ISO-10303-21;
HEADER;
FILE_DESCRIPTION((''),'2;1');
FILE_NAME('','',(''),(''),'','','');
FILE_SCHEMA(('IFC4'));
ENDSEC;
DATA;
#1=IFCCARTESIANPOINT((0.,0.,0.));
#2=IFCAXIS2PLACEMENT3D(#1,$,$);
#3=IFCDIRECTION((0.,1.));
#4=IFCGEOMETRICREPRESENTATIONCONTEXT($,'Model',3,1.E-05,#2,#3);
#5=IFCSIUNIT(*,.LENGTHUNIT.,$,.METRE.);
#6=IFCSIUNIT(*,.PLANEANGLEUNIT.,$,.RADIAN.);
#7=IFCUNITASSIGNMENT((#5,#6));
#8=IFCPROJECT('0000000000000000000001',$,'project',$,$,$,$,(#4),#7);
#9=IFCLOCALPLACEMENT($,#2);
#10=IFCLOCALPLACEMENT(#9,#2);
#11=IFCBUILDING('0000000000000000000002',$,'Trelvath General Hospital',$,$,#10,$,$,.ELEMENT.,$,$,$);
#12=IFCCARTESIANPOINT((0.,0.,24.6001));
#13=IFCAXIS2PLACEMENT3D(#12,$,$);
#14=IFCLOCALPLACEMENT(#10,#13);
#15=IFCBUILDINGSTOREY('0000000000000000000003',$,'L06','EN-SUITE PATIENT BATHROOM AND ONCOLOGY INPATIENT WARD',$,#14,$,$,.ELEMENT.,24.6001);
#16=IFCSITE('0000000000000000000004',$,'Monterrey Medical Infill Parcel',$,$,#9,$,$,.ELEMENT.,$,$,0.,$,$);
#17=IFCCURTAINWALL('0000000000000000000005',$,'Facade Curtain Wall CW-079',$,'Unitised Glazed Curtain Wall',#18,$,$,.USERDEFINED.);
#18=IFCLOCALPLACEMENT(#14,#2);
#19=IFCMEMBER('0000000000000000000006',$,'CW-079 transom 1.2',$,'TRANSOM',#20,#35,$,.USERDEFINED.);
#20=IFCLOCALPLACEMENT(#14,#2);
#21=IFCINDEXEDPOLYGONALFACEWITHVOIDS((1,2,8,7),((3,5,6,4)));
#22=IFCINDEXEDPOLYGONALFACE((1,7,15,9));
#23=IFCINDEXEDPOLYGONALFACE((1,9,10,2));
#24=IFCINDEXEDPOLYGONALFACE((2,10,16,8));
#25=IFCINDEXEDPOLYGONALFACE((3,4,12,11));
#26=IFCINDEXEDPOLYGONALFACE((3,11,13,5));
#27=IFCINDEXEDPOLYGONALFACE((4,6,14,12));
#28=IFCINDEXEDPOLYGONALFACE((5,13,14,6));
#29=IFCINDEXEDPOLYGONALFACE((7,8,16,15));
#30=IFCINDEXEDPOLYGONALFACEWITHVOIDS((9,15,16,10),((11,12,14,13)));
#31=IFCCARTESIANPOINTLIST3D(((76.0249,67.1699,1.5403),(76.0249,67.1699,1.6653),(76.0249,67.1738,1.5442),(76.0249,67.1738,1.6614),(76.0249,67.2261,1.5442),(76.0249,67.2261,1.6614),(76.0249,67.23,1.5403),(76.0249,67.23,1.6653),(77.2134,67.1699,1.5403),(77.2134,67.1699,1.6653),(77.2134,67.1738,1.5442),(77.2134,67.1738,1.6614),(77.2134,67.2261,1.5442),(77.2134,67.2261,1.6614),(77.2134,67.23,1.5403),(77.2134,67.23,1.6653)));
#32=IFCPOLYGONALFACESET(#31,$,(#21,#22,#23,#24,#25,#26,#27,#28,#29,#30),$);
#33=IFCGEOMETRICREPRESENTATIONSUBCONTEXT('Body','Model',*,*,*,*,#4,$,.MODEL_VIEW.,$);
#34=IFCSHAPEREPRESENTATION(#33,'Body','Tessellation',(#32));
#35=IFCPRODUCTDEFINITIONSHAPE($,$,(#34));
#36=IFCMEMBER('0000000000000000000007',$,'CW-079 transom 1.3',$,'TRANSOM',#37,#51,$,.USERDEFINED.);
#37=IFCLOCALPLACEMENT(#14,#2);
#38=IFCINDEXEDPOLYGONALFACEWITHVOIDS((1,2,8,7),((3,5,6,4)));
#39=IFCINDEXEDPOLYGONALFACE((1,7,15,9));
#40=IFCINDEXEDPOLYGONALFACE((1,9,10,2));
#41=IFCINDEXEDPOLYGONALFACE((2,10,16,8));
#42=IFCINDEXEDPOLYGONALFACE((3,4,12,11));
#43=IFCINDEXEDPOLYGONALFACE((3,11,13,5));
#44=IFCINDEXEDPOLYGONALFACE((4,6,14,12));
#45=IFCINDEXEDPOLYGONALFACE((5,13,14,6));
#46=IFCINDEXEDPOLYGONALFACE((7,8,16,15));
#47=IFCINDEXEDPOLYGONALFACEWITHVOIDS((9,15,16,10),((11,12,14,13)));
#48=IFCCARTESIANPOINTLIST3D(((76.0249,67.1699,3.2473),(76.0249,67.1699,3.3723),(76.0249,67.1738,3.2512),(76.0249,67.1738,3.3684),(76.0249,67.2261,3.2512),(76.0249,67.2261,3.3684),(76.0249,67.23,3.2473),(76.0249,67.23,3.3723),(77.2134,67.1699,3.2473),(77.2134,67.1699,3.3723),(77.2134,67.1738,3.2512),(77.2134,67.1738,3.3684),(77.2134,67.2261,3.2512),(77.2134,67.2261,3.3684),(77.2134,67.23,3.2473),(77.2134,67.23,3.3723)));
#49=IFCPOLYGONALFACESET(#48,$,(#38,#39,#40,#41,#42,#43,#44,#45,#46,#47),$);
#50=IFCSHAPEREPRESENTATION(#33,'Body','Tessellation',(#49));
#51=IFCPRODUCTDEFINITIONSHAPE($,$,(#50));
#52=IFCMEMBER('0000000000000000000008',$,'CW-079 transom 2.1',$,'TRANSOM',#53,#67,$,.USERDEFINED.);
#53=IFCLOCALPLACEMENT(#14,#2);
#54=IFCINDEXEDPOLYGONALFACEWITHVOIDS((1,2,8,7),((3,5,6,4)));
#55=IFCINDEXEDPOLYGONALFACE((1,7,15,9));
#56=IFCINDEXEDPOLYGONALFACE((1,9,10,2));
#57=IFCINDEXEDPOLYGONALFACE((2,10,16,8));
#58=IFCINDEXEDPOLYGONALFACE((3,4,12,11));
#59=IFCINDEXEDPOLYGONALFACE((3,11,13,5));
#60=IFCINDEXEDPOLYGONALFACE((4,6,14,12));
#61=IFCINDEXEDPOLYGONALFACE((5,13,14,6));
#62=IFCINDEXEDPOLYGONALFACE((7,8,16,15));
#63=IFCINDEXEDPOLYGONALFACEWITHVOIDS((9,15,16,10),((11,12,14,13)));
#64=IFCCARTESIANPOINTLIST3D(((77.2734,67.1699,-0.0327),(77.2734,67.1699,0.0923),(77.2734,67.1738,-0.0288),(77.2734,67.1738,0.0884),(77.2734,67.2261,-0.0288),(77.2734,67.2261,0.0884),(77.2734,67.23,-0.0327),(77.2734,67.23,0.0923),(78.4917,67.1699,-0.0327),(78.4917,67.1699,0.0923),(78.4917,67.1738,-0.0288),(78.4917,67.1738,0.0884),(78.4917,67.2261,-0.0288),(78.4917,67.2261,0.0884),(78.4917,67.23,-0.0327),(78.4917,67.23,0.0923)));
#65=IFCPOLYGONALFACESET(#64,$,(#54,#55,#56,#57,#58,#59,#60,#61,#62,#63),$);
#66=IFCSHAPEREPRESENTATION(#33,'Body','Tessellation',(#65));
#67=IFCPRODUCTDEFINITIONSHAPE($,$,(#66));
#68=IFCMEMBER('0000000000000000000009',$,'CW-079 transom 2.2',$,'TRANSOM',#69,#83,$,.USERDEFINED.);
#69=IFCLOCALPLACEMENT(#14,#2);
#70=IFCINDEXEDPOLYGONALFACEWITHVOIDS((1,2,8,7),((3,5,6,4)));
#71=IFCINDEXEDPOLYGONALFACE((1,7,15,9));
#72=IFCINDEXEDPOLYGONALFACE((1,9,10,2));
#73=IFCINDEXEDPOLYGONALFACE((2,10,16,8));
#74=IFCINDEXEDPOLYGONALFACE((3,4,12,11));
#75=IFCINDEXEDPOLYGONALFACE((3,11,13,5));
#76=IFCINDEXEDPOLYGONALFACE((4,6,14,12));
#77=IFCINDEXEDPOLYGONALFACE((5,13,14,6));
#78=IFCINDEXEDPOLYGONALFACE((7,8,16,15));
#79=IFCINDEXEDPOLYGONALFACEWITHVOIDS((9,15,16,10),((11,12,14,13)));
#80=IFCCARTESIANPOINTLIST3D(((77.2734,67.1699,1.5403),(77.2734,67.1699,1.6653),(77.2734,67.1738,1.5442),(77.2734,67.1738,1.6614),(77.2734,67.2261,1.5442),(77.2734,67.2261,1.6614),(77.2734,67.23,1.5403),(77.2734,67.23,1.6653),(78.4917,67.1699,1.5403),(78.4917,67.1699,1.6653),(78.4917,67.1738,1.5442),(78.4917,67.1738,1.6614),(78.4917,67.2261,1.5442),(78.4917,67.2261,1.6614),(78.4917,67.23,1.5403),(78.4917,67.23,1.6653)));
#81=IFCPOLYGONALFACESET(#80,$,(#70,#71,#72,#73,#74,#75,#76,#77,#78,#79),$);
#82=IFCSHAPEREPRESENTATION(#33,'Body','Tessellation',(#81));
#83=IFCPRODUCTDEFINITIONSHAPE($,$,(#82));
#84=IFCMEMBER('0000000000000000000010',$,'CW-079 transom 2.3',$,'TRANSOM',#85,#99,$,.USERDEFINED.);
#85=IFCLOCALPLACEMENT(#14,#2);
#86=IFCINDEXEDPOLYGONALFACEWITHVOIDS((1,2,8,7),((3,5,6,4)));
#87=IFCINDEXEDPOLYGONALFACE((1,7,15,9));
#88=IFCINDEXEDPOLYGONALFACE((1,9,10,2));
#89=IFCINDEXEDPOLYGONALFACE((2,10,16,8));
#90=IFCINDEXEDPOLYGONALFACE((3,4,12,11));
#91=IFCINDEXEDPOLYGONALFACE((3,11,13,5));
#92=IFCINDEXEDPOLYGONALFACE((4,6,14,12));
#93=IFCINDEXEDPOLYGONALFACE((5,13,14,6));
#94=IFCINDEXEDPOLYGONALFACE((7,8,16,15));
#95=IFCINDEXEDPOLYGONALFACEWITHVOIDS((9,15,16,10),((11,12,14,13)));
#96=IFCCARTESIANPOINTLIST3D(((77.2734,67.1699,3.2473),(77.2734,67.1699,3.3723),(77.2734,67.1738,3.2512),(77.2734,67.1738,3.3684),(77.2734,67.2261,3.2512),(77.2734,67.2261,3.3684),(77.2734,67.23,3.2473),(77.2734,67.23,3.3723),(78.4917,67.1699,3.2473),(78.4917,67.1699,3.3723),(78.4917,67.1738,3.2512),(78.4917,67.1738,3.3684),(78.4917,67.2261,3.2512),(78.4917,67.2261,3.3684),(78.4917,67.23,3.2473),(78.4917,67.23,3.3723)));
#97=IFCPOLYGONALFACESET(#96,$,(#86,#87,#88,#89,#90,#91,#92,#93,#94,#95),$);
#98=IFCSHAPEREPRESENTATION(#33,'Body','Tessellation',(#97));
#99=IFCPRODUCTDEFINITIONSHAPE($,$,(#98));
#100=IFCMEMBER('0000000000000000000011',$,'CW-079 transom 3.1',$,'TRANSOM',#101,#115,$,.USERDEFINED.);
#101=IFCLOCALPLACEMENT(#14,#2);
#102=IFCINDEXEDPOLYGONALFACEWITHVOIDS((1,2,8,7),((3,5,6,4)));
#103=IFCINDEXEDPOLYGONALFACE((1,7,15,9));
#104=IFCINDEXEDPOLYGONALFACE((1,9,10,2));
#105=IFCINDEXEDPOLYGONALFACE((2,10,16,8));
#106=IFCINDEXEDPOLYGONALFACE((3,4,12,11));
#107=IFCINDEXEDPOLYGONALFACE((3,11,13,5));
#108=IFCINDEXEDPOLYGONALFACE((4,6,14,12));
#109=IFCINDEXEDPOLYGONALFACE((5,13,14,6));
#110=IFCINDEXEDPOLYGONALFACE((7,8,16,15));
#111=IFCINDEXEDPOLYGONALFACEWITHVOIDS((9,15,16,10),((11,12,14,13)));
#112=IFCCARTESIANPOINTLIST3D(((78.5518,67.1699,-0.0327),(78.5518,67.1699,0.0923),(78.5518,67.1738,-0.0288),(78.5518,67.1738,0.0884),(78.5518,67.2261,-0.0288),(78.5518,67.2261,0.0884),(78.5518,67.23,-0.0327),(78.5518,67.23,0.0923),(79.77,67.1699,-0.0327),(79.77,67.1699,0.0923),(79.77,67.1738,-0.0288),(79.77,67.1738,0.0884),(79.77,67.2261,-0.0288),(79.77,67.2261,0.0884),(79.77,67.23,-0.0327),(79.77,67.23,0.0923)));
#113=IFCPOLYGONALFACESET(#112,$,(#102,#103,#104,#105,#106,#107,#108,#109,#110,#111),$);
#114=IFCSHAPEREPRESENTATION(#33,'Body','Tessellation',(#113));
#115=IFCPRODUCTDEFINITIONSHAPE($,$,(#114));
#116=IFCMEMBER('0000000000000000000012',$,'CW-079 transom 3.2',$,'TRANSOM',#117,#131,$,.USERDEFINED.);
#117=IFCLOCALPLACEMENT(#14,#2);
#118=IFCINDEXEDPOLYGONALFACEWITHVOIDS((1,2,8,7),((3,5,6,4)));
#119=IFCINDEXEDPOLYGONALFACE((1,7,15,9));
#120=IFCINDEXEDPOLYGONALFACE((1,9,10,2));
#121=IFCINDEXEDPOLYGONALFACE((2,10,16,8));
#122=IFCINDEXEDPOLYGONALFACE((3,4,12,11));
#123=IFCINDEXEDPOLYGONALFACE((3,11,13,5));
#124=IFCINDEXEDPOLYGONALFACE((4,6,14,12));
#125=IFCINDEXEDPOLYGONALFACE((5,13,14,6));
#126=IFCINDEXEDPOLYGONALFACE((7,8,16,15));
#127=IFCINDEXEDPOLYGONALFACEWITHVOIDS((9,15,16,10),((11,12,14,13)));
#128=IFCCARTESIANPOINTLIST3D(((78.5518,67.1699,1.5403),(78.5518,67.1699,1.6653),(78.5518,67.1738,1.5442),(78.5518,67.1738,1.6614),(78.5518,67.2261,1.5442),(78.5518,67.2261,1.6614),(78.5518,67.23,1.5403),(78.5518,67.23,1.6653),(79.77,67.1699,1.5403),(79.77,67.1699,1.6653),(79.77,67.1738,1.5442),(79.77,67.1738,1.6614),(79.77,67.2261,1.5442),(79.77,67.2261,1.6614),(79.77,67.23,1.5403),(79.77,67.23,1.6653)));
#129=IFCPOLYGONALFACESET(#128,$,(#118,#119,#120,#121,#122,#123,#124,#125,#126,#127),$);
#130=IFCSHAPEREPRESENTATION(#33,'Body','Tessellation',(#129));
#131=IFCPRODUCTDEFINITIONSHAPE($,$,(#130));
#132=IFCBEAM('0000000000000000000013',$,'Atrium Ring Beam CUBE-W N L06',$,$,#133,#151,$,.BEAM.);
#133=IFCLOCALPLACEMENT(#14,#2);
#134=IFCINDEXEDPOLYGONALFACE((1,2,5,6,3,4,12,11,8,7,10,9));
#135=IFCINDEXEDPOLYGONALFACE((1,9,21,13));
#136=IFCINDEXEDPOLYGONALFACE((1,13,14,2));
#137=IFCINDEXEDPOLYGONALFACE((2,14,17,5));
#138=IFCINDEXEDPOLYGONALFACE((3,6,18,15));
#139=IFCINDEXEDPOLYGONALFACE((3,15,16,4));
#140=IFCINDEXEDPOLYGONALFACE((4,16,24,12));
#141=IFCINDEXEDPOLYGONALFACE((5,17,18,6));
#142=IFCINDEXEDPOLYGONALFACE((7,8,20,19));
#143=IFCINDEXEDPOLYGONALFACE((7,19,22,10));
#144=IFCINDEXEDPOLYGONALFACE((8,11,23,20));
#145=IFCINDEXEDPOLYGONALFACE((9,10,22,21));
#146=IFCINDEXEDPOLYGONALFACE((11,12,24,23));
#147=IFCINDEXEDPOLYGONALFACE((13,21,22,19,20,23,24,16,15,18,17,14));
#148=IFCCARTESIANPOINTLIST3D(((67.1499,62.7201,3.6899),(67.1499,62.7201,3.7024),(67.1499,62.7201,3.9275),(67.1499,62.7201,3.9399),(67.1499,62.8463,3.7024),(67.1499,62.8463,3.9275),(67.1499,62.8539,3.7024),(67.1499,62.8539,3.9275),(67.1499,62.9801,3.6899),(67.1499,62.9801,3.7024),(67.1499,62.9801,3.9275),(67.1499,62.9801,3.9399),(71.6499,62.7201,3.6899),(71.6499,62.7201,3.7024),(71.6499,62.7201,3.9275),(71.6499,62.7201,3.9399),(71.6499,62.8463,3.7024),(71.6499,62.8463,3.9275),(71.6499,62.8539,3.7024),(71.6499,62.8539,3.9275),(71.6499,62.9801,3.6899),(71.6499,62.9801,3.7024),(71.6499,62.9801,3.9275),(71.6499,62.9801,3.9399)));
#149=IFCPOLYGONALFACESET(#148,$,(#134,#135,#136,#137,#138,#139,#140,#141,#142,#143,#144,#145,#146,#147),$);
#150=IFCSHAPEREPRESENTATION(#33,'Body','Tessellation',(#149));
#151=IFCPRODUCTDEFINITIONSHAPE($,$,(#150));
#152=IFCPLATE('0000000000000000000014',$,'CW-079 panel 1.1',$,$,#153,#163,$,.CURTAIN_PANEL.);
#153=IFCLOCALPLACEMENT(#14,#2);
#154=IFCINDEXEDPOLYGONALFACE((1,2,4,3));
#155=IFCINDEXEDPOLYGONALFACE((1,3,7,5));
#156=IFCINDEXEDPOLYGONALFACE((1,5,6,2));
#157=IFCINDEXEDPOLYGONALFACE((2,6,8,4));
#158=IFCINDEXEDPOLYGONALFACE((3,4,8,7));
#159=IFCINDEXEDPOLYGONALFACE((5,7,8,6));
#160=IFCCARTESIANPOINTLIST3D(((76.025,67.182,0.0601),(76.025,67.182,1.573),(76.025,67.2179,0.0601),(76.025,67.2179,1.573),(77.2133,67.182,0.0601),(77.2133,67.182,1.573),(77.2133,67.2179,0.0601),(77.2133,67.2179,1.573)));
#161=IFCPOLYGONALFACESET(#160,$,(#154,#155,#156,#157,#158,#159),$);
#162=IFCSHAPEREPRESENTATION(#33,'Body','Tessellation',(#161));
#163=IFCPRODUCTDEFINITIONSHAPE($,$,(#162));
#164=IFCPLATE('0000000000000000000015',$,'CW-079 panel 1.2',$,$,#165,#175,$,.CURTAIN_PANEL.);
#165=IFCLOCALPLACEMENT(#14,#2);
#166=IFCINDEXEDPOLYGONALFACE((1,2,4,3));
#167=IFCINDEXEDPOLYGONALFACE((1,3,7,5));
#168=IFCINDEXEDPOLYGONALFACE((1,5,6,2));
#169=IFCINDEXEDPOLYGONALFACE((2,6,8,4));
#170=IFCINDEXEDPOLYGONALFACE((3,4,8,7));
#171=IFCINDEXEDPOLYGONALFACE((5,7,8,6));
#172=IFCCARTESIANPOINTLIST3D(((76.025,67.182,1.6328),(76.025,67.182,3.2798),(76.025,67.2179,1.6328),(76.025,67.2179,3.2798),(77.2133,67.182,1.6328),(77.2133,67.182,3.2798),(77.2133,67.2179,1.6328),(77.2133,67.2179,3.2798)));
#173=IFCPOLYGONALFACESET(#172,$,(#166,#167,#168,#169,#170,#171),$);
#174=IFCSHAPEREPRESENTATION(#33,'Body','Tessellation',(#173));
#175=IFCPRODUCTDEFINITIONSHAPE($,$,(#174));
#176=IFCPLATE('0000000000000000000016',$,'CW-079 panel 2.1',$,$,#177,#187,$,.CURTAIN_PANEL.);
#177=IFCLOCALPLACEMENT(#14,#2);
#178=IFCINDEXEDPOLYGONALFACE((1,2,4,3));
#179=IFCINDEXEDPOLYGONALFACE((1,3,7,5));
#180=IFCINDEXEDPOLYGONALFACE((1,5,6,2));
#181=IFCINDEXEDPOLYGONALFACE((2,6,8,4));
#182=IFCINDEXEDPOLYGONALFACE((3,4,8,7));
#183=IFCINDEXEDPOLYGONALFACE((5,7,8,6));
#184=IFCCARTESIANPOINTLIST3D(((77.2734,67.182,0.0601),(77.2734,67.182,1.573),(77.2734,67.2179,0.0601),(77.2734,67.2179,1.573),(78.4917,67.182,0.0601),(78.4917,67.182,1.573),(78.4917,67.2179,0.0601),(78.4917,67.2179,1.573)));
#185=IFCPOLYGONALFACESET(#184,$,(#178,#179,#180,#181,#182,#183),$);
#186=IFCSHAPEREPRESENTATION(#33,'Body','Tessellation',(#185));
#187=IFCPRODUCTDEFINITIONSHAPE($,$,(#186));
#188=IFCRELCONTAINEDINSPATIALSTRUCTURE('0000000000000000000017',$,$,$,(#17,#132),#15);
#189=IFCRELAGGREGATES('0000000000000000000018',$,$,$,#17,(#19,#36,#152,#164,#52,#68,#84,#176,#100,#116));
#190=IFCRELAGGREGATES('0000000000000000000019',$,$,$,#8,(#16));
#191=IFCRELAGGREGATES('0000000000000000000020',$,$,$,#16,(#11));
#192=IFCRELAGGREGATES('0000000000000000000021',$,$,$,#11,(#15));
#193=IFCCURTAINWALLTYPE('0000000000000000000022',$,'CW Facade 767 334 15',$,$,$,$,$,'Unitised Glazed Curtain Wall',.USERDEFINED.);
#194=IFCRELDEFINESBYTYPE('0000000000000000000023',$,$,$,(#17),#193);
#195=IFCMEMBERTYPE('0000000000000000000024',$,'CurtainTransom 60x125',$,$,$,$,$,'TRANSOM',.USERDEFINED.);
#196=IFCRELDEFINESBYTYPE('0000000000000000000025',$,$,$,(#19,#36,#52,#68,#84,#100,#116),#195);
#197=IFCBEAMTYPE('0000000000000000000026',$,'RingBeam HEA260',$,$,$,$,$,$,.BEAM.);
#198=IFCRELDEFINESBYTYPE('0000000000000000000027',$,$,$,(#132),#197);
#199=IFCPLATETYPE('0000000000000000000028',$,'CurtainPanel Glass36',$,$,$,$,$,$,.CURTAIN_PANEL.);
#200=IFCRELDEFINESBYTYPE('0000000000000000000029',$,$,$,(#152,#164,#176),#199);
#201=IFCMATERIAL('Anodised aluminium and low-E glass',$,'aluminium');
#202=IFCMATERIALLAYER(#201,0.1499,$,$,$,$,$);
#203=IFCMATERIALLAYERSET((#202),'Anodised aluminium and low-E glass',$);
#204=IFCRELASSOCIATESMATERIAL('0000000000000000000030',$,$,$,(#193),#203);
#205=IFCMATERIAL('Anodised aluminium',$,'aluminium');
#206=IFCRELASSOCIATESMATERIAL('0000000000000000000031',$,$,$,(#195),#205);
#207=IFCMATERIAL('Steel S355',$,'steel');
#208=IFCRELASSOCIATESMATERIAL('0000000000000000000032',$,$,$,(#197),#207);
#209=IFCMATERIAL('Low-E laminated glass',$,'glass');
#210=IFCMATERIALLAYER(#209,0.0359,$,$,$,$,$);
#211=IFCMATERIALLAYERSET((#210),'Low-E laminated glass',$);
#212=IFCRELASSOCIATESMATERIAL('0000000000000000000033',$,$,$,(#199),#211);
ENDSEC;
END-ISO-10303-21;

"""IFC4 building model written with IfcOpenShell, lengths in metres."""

from ifc_helpers import new_model, si_unit, direction, frame, origin, origin_2d, place, context, subcontext, project, spatial, rectangle, hollow_rectangle, i_section, extrude, material, layer, layer_set, material_profile, profile_set, type_object, element, aggregate, save


model = new_model("IFC4")

# Units and contexts
model_context = context("Model", 3, precision=1e-05, world=origin(), true_north=direction((0.0, 1.0)))
body_context = subcontext(model_context, "Body", "Model", "MODEL_VIEW")
ifc_project = project(units=[si_unit("LENGTHUNIT", "METRE"), si_unit("PLANEANGLEUNIT", "RADIAN")], contexts=[model_context])

# Site, building, storey
site_placement = place(None, origin())
site = spatial("IfcSite", under=ifc_project, at=site_placement, Name="Monterrey Medical Infill Parcel", CompositionType="ELEMENT", RefElevation=0.0)
building_placement = place(site_placement, origin())
building = spatial("IfcBuilding", under=site, at=building_placement, Name="Trelvath General Hospital", CompositionType="ELEMENT")
storey_placement = place(building_placement, frame((0.0, 0.0, 24.6001)))
storey = spatial("IfcBuildingStorey", under=building, at=storey_placement, Name="L06", Description="EN-SUITE PATIENT BATHROOM AND ONCOLOGY INPATIENT WARD", CompositionType="ELEMENT", Elevation=24.6001)

# Curtain wall, members
ifc_material_1 = material(Name="Anodised aluminium and low-E glass", Category="aluminium")
ifc_layer_1 = layer(ifc_material_1, 0.1499)
ifc_layer_set_1 = layer_set([ifc_layer_1], Name="Anodised aluminium and low-E glass")
curtain_wall_type = type_object("IfcCurtainWallType", Name="CW Facade 767 334 15", ElementType="Unitised Glazed Curtain Wall", PredefinedType="USERDEFINED", material=ifc_layer_set_1)
curtain_wall_placement = place(storey_placement, origin())
curtain_wall = element("IfcCurtainWall", 1, at=curtain_wall_placement, inside=storey, type_object=curtain_wall_type, Name="Facade Curtain Wall CW-079", ObjectType="Unitised Glazed Curtain Wall", PredefinedType="USERDEFINED")
ifc_material_2 = material(Name="Anodised aluminium", Category="aluminium")
ifc_material_profile_1 = material_profile(ifc_material_2, hollow_rectangle(XDim=0.0601, YDim=0.125, WallThickness=0.0039, at=origin_2d()), Name="RHS60x125x4")
ifc_profile_set_1 = profile_set([ifc_material_profile_1], Name="Anodised aluminium")
member_type_1 = type_object("IfcMemberType", Name="CurtainTransom 60x125", ElementType="TRANSOM", PredefinedType="USERDEFINED", material=ifc_profile_set_1)
member_1_placement = place(storey_placement, frame((76.0249, 67.2, 1.6028), z_axis=(1.0, 0.0, 0.0), x_axis=(0.0, 1.0, 0.0)))
member_1 = element("IfcMember", 2, at=member_1_placement, type_object=member_type_1, Name="CW-079 transom 1.2", ObjectType="TRANSOM", PredefinedType="USERDEFINED", context=body_context, shape_type="SweptSolid", body=[
    extrude(hollow_rectangle(XDim=0.0601, YDim=0.125, WallThickness=0.0039, at=origin_2d()), origin(), (0.0, 0.0, 1.0), 1.1885),
])
member_2_placement = place(storey_placement, frame((76.0249, 67.2, 3.3098), z_axis=(1.0, 0.0, 0.0), x_axis=(0.0, 1.0, 0.0)))
member_2 = element("IfcMember", 3, at=member_2_placement, type_object=member_type_1, Name="CW-079 transom 1.3", ObjectType="TRANSOM", PredefinedType="USERDEFINED", context=body_context, shape_type="SweptSolid", body=[
    extrude(hollow_rectangle(XDim=0.0601, YDim=0.125, WallThickness=0.0039, at=origin_2d()), origin(), (0.0, 0.0, 1.0), 1.1885),
])
member_3_placement = place(storey_placement, frame((77.2734, 67.2, 0.0298), z_axis=(1.0, 0.0, 0.0), x_axis=(0.0, 1.0, 0.0)))
member_3 = element("IfcMember", 4, at=member_3_placement, type_object=member_type_1, Name="CW-079 transom 2.1", ObjectType="TRANSOM", PredefinedType="USERDEFINED", context=body_context, shape_type="SweptSolid", body=[
    extrude(hollow_rectangle(XDim=0.0601, YDim=0.125, WallThickness=0.0039, at=origin_2d()), origin(), (0.0, 0.0, 1.0), 1.2183),
])
member_4_placement = place(storey_placement, frame((77.2734, 67.2, 1.6028), z_axis=(1.0, 0.0, 0.0), x_axis=(0.0, 1.0, 0.0)))
member_4 = element("IfcMember", 5, at=member_4_placement, type_object=member_type_1, Name="CW-079 transom 2.2", ObjectType="TRANSOM", PredefinedType="USERDEFINED", context=body_context, shape_type="SweptSolid", body=[
    extrude(hollow_rectangle(XDim=0.0601, YDim=0.125, WallThickness=0.0039, at=origin_2d()), origin(), (0.0, 0.0, 1.0), 1.2183),
])
member_5_placement = place(storey_placement, frame((77.2734, 67.2, 3.3098), z_axis=(1.0, 0.0, 0.0), x_axis=(0.0, 1.0, 0.0)))
member_5 = element("IfcMember", 6, at=member_5_placement, type_object=member_type_1, Name="CW-079 transom 2.3", ObjectType="TRANSOM", PredefinedType="USERDEFINED", context=body_context, shape_type="SweptSolid", body=[
    extrude(hollow_rectangle(XDim=0.0601, YDim=0.125, WallThickness=0.0039, at=origin_2d()), origin(), (0.0, 0.0, 1.0), 1.2183),
])
member_6_placement = place(storey_placement, frame((78.5518, 67.2, 0.0298), z_axis=(1.0, 0.0, 0.0), x_axis=(0.0, 1.0, 0.0)))
member_6 = element("IfcMember", 7, at=member_6_placement, type_object=member_type_1, Name="CW-079 transom 3.1", ObjectType="TRANSOM", PredefinedType="USERDEFINED", context=body_context, shape_type="SweptSolid", body=[
    extrude(hollow_rectangle(XDim=0.0601, YDim=0.125, WallThickness=0.0039, at=origin_2d()), origin(), (0.0, 0.0, 1.0), 1.2183),
])
member_7_placement = place(storey_placement, frame((78.5518, 67.2, 1.6028), z_axis=(1.0, 0.0, 0.0), x_axis=(0.0, 1.0, 0.0)))
member_7 = element("IfcMember", 8, at=member_7_placement, type_object=member_type_1, Name="CW-079 transom 3.2", ObjectType="TRANSOM", PredefinedType="USERDEFINED", context=body_context, shape_type="SweptSolid", body=[
    extrude(hollow_rectangle(XDim=0.0601, YDim=0.125, WallThickness=0.0039, at=origin_2d()), origin(), (0.0, 0.0, 1.0), 1.2183),
])

# Beam
ifc_material_3 = material(Name="Steel S355", Category="steel")
ifc_material_profile_2 = material_profile(ifc_material_3, i_section(OverallWidth=0.26, OverallDepth=0.25, WebThickness=0.0076, FlangeThickness=0.0125, at=origin_2d()), Name="HEA260")
ifc_profile_set_2 = profile_set([ifc_material_profile_2], Name="Steel S355")
beam_type_1 = type_object("IfcBeamType", Name="RingBeam HEA260", PredefinedType="BEAM", material=ifc_profile_set_2)
beam_1_placement = place(storey_placement, frame((67.1499, 62.8501, 3.8149), z_axis=(1.0, 0.0, 0.0), x_axis=(0.0, 1.0, 0.0)))
element("IfcBeam", 9, at=beam_1_placement, inside=storey, type_object=beam_type_1, Name="Atrium Ring Beam CUBE-W N L06", PredefinedType="BEAM", context=body_context, shape_type="SweptSolid", body=[
    extrude(i_section(OverallWidth=0.26, OverallDepth=0.25, WebThickness=0.0076, FlangeThickness=0.0125, at=origin_2d()), origin(), (0.0, 0.0, 1.0), 4.5),
])

# Plates
ifc_material_4 = material(Name="Low-E laminated glass", Category="glass")
ifc_layer_2 = layer(ifc_material_4, 0.0359)
ifc_layer_set_2 = layer_set([ifc_layer_2], Name="Low-E laminated glass")
plate_type = type_object("IfcPlateType", Name="CurtainPanel Glass36", PredefinedType="CURTAIN_PANEL", material=ifc_layer_set_2)
plate_1_placement = place(storey_placement, frame((76.6191, 67.2, 0.0601), z_axis=(0.0, 0.0, 1.0), x_axis=(1.0, 0.0, 0.0)))
plate_1 = element("IfcPlate", 10, at=plate_1_placement, type_object=plate_type, Name="CW-079 panel 1.1", PredefinedType="CURTAIN_PANEL", context=body_context, shape_type="SweptSolid", body=[
    extrude(rectangle(XDim=1.1882, YDim=0.0359, at=origin_2d()), origin(), (0.0, 0.0, 1.0), 1.5129),
])
plate_2_placement = place(storey_placement, frame((76.6191, 67.2, 1.6328), z_axis=(0.0, 0.0, 1.0), x_axis=(1.0, 0.0, 0.0)))
plate_2 = element("IfcPlate", 11, at=plate_2_placement, type_object=plate_type, Name="CW-079 panel 1.2", PredefinedType="CURTAIN_PANEL", context=body_context, shape_type="SweptSolid", body=[
    extrude(rectangle(XDim=1.1882, YDim=0.0359, at=origin_2d()), origin(), (0.0, 0.0, 1.0), 1.647),
])
plate_3_placement = place(storey_placement, frame((77.8826, 67.2, 0.0601), z_axis=(0.0, 0.0, 1.0), x_axis=(1.0, 0.0, 0.0)))
plate_3 = element("IfcPlate", 12, at=plate_3_placement, type_object=plate_type, Name="CW-079 panel 2.1", PredefinedType="CURTAIN_PANEL", context=body_context, shape_type="SweptSolid", body=[
    extrude(rectangle(XDim=1.2183, YDim=0.0359, at=origin_2d()), origin(), (0.0, 0.0, 1.0), 1.5129),
])
aggregate(curtain_wall, [member_1, member_2, plate_1, plate_2, member_3, member_4, member_5, plate_3, member_6, member_7])

save(model, "model.ifc")
